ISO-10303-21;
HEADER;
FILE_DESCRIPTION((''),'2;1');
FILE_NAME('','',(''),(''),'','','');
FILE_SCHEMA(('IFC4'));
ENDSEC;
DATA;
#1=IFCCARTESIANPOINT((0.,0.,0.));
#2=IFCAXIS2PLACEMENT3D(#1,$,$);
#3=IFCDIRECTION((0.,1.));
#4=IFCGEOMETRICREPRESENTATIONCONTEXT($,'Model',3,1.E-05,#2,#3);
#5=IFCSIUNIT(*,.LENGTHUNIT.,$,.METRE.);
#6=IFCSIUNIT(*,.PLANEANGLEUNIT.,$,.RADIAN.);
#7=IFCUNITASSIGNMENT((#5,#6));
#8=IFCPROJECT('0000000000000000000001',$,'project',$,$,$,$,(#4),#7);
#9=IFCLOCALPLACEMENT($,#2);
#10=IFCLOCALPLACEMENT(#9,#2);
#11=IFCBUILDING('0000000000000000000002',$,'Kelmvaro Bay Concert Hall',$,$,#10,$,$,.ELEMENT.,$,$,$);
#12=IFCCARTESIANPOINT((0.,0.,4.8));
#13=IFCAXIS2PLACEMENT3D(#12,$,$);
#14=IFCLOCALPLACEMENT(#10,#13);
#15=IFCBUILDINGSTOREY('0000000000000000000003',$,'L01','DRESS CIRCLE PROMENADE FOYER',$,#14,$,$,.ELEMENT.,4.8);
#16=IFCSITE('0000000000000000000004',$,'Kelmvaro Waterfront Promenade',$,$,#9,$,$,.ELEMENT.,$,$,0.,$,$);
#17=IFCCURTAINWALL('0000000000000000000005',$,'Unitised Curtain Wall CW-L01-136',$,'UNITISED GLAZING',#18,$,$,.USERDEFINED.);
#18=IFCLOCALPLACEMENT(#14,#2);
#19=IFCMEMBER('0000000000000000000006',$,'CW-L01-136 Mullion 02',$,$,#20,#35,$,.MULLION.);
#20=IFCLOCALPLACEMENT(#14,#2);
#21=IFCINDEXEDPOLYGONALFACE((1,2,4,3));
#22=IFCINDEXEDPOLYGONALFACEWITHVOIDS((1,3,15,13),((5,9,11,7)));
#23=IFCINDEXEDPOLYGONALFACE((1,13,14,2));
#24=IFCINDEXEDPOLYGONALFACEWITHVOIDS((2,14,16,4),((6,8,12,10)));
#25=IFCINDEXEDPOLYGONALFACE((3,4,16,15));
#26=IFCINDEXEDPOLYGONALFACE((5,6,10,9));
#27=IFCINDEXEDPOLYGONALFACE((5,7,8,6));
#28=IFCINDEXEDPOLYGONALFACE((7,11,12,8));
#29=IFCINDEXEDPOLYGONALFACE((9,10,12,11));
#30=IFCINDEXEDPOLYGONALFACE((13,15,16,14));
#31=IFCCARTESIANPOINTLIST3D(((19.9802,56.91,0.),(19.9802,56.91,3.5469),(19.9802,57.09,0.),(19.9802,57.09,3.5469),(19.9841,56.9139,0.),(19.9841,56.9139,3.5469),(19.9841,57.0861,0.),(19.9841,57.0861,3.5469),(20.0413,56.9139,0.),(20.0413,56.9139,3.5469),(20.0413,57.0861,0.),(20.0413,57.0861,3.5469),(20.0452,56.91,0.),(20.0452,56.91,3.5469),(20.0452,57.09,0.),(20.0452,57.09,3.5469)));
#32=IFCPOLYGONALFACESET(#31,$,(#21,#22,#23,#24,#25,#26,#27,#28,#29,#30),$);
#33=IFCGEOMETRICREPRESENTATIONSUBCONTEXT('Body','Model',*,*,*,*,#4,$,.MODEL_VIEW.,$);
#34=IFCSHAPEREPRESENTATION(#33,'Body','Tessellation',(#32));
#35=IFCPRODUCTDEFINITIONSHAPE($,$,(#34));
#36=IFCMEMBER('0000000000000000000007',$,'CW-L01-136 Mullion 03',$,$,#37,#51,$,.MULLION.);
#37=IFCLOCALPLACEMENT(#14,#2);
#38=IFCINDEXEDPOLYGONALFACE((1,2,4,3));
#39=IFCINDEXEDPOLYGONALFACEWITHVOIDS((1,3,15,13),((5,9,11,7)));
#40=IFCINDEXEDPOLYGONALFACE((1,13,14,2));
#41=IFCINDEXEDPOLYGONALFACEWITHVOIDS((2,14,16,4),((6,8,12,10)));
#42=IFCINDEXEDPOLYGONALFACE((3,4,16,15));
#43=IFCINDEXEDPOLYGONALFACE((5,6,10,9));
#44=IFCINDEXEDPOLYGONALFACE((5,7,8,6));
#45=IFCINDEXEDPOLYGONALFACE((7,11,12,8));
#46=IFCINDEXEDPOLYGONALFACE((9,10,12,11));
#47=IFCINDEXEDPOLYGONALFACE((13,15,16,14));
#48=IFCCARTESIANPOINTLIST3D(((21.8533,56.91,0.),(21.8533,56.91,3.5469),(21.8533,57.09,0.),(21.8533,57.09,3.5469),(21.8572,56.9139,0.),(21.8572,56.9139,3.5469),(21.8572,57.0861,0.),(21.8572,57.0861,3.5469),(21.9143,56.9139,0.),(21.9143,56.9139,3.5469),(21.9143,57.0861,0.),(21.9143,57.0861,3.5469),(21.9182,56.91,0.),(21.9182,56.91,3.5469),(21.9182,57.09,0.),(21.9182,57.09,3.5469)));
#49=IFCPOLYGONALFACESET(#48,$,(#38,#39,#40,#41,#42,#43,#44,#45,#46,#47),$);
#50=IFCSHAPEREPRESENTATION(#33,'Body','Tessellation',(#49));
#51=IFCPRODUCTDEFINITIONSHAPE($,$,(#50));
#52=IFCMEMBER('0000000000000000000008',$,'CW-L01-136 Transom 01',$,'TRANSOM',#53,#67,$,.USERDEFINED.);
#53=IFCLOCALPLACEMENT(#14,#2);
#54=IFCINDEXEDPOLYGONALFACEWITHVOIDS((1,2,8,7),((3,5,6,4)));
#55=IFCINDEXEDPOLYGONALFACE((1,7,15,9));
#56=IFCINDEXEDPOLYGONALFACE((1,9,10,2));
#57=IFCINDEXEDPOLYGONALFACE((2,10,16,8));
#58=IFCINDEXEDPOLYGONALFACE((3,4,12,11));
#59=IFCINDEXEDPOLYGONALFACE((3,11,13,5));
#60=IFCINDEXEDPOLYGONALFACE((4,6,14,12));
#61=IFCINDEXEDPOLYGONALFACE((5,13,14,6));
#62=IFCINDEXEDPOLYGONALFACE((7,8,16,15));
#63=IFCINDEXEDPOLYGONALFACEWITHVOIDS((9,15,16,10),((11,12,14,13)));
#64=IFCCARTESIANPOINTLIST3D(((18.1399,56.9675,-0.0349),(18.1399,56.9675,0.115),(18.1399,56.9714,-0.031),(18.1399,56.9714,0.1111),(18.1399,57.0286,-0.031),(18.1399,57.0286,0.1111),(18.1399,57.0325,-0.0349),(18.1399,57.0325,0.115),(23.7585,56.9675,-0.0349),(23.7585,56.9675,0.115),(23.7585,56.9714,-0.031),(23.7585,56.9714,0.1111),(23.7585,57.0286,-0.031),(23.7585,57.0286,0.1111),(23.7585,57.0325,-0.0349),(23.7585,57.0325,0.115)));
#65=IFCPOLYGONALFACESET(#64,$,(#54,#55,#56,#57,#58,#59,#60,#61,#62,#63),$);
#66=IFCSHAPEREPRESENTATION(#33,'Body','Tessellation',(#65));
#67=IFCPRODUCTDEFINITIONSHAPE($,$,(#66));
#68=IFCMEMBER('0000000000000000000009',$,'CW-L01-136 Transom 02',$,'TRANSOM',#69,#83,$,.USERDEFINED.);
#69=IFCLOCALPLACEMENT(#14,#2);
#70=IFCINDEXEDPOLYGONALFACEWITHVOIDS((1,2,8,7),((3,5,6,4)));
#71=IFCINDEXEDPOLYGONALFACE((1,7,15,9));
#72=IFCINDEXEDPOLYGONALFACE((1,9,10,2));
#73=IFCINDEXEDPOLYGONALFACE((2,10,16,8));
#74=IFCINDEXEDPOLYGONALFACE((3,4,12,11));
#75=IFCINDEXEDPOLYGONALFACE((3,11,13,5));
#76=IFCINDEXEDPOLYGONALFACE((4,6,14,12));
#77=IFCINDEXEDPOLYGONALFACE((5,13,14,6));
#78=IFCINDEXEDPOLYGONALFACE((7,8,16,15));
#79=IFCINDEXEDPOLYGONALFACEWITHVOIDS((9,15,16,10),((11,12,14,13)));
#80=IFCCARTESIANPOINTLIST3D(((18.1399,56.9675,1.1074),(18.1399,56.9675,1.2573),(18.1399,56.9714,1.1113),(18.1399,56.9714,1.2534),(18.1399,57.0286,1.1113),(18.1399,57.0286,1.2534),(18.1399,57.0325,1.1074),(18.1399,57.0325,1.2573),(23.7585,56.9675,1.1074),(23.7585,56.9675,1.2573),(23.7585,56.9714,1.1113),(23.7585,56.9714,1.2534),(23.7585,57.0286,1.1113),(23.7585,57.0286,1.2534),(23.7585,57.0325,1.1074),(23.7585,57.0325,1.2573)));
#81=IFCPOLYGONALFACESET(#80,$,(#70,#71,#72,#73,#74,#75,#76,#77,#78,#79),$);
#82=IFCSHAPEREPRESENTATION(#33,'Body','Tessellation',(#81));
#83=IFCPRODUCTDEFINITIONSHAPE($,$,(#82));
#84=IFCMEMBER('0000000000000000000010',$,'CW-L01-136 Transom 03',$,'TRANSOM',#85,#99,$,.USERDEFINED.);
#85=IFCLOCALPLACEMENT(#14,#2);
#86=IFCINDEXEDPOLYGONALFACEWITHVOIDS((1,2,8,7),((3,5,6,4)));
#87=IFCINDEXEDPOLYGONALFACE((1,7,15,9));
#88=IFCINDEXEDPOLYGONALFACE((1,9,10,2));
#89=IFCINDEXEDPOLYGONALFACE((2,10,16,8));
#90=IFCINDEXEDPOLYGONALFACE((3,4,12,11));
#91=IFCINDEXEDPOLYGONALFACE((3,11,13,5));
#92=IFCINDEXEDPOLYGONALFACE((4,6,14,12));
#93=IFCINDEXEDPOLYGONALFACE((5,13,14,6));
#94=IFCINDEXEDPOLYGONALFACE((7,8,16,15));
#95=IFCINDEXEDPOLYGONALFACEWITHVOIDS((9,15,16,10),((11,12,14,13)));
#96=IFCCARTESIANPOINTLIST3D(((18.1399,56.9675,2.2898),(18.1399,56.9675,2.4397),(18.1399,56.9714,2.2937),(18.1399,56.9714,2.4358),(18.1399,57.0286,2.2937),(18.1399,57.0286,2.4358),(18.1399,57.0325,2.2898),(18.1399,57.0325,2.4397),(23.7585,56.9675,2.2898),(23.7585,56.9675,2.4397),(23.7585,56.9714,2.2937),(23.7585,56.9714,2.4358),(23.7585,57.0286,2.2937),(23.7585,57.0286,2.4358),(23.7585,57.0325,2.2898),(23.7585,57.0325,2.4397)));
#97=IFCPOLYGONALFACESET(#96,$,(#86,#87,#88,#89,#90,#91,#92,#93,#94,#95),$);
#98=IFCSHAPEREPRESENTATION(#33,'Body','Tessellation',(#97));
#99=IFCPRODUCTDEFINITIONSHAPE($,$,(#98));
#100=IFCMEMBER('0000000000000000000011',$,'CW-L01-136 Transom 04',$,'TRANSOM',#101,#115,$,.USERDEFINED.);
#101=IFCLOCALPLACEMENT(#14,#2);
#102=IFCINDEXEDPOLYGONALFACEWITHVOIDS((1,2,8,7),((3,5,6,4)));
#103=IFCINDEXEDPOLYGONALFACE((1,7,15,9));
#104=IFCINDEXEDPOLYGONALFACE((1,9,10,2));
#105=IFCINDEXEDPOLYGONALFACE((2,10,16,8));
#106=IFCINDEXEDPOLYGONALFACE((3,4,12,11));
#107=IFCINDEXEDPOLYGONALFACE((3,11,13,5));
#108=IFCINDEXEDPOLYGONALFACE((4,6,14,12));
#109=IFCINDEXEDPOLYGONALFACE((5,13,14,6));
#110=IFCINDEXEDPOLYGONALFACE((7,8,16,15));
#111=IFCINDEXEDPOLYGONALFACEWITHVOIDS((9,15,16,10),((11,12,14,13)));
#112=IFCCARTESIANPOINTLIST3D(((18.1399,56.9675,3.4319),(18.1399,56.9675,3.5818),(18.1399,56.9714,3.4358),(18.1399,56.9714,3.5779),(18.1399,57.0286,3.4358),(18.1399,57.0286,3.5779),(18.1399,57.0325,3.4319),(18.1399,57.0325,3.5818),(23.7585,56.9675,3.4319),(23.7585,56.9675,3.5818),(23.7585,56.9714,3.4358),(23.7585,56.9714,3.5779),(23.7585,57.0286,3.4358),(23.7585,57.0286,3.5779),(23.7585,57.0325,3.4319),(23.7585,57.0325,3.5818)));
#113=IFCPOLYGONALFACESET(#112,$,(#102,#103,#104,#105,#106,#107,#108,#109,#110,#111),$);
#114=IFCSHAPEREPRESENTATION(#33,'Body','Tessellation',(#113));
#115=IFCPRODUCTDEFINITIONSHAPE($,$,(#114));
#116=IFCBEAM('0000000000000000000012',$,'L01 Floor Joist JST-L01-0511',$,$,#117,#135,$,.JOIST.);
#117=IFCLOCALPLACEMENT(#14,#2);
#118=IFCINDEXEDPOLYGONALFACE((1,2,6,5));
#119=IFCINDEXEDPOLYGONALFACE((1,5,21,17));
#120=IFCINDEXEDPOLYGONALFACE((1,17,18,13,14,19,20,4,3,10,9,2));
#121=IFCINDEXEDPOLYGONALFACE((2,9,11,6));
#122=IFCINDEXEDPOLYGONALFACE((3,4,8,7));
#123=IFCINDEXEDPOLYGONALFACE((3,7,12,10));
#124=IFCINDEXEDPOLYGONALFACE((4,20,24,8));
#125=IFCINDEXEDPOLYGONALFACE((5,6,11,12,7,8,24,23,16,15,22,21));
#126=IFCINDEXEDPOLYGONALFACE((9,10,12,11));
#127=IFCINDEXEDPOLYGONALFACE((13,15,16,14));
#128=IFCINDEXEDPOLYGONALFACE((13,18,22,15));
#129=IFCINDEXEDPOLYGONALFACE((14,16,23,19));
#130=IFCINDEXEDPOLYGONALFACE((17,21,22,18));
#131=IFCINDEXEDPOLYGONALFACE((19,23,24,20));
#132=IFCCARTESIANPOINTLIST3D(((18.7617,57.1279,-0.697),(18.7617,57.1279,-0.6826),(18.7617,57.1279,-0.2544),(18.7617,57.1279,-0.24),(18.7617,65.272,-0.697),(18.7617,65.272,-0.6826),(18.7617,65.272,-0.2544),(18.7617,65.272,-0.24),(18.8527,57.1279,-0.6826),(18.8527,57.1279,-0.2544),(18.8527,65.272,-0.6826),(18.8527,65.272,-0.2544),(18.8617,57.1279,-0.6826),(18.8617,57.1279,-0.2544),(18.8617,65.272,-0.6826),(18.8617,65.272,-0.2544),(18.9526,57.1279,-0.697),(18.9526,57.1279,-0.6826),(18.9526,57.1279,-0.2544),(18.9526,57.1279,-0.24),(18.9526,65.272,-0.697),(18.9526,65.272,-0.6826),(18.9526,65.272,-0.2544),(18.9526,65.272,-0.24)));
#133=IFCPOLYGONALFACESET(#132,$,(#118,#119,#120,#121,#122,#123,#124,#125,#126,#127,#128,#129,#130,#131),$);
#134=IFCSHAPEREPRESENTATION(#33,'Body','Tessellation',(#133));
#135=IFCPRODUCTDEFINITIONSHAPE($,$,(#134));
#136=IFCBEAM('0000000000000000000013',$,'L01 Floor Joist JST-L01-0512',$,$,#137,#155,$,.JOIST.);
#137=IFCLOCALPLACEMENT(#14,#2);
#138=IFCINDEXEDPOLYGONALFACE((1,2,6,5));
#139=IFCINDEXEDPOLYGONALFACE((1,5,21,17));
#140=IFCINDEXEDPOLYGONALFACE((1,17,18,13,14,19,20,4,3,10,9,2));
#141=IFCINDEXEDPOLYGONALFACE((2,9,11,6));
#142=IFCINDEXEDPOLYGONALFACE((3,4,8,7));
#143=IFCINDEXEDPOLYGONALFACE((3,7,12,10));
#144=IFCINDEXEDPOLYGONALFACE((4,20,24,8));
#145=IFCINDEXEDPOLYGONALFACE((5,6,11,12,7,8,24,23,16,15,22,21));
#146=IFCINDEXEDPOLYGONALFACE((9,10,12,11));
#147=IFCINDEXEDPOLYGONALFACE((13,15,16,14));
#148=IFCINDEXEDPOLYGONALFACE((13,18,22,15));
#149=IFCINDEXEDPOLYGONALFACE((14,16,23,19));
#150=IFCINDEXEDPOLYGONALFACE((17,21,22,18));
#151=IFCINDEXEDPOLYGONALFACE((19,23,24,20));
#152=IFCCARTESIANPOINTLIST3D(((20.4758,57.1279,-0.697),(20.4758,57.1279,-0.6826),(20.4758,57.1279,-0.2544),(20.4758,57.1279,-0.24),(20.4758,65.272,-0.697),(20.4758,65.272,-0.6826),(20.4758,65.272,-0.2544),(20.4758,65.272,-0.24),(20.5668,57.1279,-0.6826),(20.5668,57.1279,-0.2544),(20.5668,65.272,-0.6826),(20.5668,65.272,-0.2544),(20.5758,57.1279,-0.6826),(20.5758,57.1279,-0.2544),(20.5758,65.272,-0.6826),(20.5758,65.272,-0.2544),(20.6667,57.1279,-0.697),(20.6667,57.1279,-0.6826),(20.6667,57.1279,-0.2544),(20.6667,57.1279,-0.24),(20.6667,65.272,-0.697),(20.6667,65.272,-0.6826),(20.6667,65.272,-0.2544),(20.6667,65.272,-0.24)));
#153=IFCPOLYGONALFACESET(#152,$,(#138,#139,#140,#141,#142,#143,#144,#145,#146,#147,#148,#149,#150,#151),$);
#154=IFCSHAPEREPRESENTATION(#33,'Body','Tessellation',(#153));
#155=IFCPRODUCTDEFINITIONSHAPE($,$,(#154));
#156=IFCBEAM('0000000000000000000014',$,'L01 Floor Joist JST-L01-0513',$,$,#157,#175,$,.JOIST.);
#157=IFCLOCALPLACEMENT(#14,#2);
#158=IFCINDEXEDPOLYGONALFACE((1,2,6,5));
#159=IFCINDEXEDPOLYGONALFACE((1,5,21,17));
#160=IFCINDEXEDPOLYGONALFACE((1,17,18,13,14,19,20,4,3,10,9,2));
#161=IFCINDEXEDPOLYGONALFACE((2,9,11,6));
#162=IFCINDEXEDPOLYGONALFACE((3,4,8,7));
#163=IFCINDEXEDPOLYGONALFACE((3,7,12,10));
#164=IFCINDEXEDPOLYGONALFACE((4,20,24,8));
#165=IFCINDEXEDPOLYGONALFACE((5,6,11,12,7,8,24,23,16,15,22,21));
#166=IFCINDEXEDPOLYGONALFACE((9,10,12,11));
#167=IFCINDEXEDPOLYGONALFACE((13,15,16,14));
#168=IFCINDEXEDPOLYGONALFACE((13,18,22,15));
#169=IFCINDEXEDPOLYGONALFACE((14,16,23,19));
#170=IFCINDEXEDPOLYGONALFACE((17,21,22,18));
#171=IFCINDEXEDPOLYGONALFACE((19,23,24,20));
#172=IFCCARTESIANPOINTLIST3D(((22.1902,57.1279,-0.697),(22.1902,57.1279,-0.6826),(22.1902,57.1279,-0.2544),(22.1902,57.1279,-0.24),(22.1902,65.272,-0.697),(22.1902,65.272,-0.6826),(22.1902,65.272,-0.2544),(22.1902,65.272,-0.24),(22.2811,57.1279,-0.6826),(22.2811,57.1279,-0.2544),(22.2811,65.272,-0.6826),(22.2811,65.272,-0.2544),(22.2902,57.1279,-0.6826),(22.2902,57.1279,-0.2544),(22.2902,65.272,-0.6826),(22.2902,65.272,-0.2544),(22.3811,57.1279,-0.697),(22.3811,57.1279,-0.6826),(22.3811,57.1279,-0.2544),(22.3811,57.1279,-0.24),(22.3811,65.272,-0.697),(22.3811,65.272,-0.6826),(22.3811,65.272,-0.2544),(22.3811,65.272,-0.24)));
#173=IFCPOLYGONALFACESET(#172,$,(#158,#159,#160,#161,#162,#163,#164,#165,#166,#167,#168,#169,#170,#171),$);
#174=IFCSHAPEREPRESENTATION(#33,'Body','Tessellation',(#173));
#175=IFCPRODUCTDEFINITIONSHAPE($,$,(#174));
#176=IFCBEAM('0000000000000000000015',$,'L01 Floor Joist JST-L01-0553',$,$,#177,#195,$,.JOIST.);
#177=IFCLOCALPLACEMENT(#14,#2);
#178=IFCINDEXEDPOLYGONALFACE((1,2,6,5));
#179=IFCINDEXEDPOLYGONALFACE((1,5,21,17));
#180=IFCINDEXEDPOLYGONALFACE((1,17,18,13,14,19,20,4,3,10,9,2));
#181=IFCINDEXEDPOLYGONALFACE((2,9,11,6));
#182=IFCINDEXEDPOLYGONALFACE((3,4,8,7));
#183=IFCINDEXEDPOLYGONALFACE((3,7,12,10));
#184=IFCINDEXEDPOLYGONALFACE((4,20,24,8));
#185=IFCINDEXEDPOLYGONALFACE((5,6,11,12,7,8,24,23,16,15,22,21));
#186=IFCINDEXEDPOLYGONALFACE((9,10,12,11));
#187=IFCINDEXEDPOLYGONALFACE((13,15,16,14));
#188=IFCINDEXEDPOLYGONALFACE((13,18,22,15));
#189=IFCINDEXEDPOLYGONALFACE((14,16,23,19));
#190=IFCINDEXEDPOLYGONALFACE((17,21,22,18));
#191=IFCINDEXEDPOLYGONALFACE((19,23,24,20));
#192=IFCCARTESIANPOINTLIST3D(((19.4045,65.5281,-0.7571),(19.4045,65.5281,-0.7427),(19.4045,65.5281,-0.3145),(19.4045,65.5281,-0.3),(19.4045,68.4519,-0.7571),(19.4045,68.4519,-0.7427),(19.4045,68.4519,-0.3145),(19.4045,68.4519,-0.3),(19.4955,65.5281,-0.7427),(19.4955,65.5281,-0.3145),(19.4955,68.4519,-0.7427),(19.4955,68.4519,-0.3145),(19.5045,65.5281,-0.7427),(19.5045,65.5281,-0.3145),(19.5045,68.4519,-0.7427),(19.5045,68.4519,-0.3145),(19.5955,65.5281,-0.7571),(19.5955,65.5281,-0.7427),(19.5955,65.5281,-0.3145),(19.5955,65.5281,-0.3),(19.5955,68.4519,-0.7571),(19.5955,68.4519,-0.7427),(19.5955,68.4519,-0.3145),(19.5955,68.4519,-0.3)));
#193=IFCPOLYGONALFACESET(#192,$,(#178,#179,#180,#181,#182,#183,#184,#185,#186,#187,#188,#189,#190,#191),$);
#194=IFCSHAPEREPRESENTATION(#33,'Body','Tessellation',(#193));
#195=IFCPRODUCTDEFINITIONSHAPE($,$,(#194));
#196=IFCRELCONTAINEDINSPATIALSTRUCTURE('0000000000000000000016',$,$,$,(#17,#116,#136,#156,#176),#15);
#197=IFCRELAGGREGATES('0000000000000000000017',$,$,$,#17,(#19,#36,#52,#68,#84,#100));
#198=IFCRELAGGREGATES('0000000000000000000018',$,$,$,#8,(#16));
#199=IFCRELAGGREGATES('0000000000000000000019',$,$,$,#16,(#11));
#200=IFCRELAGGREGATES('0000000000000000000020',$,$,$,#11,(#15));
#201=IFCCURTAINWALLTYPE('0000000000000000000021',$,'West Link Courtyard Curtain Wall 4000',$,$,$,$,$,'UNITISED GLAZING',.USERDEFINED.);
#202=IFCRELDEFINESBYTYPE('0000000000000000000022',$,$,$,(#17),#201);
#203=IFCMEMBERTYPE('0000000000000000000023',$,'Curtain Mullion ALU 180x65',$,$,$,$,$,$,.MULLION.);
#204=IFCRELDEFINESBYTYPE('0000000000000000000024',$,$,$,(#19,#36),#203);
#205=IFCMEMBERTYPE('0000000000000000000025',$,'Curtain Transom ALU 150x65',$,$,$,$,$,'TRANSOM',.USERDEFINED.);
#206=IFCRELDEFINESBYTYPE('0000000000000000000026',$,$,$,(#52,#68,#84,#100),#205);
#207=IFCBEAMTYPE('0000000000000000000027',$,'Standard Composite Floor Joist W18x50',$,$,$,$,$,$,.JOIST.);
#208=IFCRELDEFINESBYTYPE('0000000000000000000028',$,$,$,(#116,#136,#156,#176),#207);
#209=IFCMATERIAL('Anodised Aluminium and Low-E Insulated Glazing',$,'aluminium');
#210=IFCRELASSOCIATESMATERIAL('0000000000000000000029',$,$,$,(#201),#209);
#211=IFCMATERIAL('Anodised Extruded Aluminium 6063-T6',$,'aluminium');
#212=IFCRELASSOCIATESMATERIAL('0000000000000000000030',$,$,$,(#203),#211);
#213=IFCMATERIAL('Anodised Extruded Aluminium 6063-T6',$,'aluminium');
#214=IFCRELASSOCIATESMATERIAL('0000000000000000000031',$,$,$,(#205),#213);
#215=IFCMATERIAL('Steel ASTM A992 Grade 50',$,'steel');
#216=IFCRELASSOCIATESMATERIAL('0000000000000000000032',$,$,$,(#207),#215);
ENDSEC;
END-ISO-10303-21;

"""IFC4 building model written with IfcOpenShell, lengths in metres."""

from ifc_helpers import new_model, si_unit, direction, frame, origin, origin_2d, place, context, subcontext, project, spatial, hollow_rectangle, i_section, extrude, material, material_profile, profile_set, type_object, element, aggregate, save


model = new_model("IFC4")

# Units and contexts
model_context = context("Model", 3, precision=1e-05, world=origin(), true_north=direction((0.0, 1.0)))
body_context = subcontext(model_context, "Body", "Model", "MODEL_VIEW")
ifc_project = project(units=[si_unit("LENGTHUNIT", "METRE"), si_unit("PLANEANGLEUNIT", "RADIAN")], contexts=[model_context])

# Site, building, storey
site_placement = place(None, origin())
site = spatial("IfcSite", under=ifc_project, at=site_placement, Name="Kelmvaro Waterfront Promenade", CompositionType="ELEMENT", RefElevation=0.0)
building_placement = place(site_placement, origin())
building = spatial("IfcBuilding", under=site, at=building_placement, Name="Kelmvaro Bay Concert Hall", CompositionType="ELEMENT")
storey_placement = place(building_placement, frame((0.0, 0.0, 4.8)))
storey = spatial("IfcBuildingStorey", under=building, at=storey_placement, Name="L01", Description="DRESS CIRCLE PROMENADE FOYER", CompositionType="ELEMENT", Elevation=4.8)

# Curtain wall, members
ifc_material_1 = material(Name="Anodised Aluminium and Low-E Insulated Glazing", Category="aluminium")
curtain_wall_type_1 = type_object("IfcCurtainWallType", Name="West Link Courtyard Curtain Wall 4000", ElementType="UNITISED GLAZING", PredefinedType="USERDEFINED", material=ifc_material_1)
curtain_wall_1_placement = place(storey_placement, origin())
curtain_wall_1 = element("IfcCurtainWall", 1, at=curtain_wall_1_placement, inside=storey, type_object=curtain_wall_type_1, Name="Unitised Curtain Wall CW-L01-136", ObjectType="UNITISED GLAZING", PredefinedType="USERDEFINED")
ifc_material_2 = material(Name="Anodised Extruded Aluminium 6063-T6", Category="aluminium")
ifc_material_profile_1 = material_profile(ifc_material_2, hollow_rectangle(XDim=0.0649, YDim=0.1799, WallThickness=0.0039, at=origin_2d()), Name="ALU-MUL-180X65")
ifc_profile_set_1 = profile_set([ifc_material_profile_1], Name="Anodised Extruded Aluminium 6063-T6")
member_type_1 = type_object("IfcMemberType", Name="Curtain Mullion ALU 180x65", PredefinedType="MULLION", material=ifc_profile_set_1)
member_1_placement = place(storey_placement, frame((20.0127, 57.0, 0.0), z_axis=(0.0, 0.0, 1.0), x_axis=(1.0, 0.0, 0.0)))
member_1 = element("IfcMember", 2, at=member_1_placement, type_object=member_type_1, Name="CW-L01-136 Mullion 02", PredefinedType="MULLION", context=body_context, shape_type="SweptSolid", body=[
    extrude(hollow_rectangle(XDim=0.0649, YDim=0.1799, WallThickness=0.0039, at=origin_2d()), origin(), (0.0, 0.0, 1.0), 3.5469),
])
member_2_placement = place(storey_placement, frame((21.8857, 57.0, 0.0), z_axis=(0.0, 0.0, 1.0), x_axis=(1.0, 0.0, 0.0)))
member_2 = element("IfcMember", 3, at=member_2_placement, type_object=member_type_1, Name="CW-L01-136 Mullion 03", PredefinedType="MULLION", context=body_context, shape_type="SweptSolid", body=[
    extrude(hollow_rectangle(XDim=0.0649, YDim=0.1799, WallThickness=0.0039, at=origin_2d()), origin(), (0.0, 0.0, 1.0), 3.5469),
])
ifc_material_3 = material(Name="Anodised Extruded Aluminium 6063-T6", Category="aluminium")
ifc_material_profile_2 = material_profile(ifc_material_3, hollow_rectangle(XDim=0.0649, YDim=0.1499, WallThickness=0.0039, at=origin_2d()), Name="ALU-TRN-150X65")
ifc_profile_set_2 = profile_set([ifc_material_profile_2], Name="Anodised Extruded Aluminium 6063-T6")
member_type_2 = type_object("IfcMemberType", Name="Curtain Transom ALU 150x65", ElementType="TRANSOM", PredefinedType="USERDEFINED", material=ifc_profile_set_2)
member_3_placement = place(storey_placement, frame((18.1399, 57.0, 0.04), z_axis=(1.0, 0.0, 0.0), x_axis=(0.0, 1.0, 0.0)))
member_3 = element("IfcMember", 4, at=member_3_placement, type_object=member_type_2, Name="CW-L01-136 Transom 01", ObjectType="TRANSOM", PredefinedType="USERDEFINED", context=body_context, shape_type="SweptSolid", body=[
    extrude(hollow_rectangle(XDim=0.0649, YDim=0.1499, WallThickness=0.0039, at=origin_2d()), origin(), (0.0, 0.0, 1.0), 5.6187),
])
member_4_placement = place(storey_placement, frame((18.1399, 57.0, 1.1824), z_axis=(1.0, 0.0, 0.0), x_axis=(0.0, 1.0, 0.0)))
member_4 = element("IfcMember", 5, at=member_4_placement, type_object=member_type_2, Name="CW-L01-136 Transom 02", ObjectType="TRANSOM", PredefinedType="USERDEFINED", context=body_context, shape_type="SweptSolid", body=[
    extrude(hollow_rectangle(XDim=0.0649, YDim=0.1499, WallThickness=0.0039, at=origin_2d()), origin(), (0.0, 0.0, 1.0), 5.6187),
])
member_5_placement = place(storey_placement, frame((18.1399, 57.0, 2.3647), z_axis=(1.0, 0.0, 0.0), x_axis=(0.0, 1.0, 0.0)))
member_5 = element("IfcMember", 6, at=member_5_placement, type_object=member_type_2, Name="CW-L01-136 Transom 03", ObjectType="TRANSOM", PredefinedType="USERDEFINED", context=body_context, shape_type="SweptSolid", body=[
    extrude(hollow_rectangle(XDim=0.0649, YDim=0.1499, WallThickness=0.0039, at=origin_2d()), origin(), (0.0, 0.0, 1.0), 5.6187),
])
member_6_placement = place(storey_placement, frame((18.1399, 57.0, 3.5068), z_axis=(1.0, 0.0, 0.0), x_axis=(0.0, 1.0, 0.0)))
member_6 = element("IfcMember", 7, at=member_6_placement, type_object=member_type_2, Name="CW-L01-136 Transom 04", ObjectType="TRANSOM", PredefinedType="USERDEFINED", context=body_context, shape_type="SweptSolid", body=[
    extrude(hollow_rectangle(XDim=0.0649, YDim=0.1499, WallThickness=0.0039, at=origin_2d()), origin(), (0.0, 0.0, 1.0), 5.6187),
])

# Beams
ifc_material_4 = material(Name="Steel ASTM A992 Grade 50", Category="steel")
ifc_material_profile_3 = material_profile(ifc_material_4, i_section(OverallWidth=0.1909, OverallDepth=0.457, WebThickness=0.009, FlangeThickness=0.0144, at=origin_2d()), Name="W18X50")
ifc_profile_set_3 = profile_set([ifc_material_profile_3], Name="Steel ASTM A992 Grade 50")
beam_type = type_object("IfcBeamType", Name="Standard Composite Floor Joist W18x50", PredefinedType="JOIST", material=ifc_profile_set_3)
for number, where, z_axis, x_axis, name in (
    (8, (18.8572, 57.1279, -0.4685), (0.0, 1.0, 0.0), (-1.0, 0.0, 0.0), "L01 Floor Joist JST-L01-0511"),
    (9, (20.5713, 57.1279, -0.4685), (0.0, 1.0, 0.0), (-1.0, 0.0, 0.0), "L01 Floor Joist JST-L01-0512"),
    (10, (22.2856, 57.1279, -0.4685), (0.0, 1.0, 0.0), (-1.0, 0.0, 0.0), "L01 Floor Joist JST-L01-0513"),
):
    element("IfcBeam", number, at=place(storey_placement, frame(where, z_axis=z_axis, x_axis=x_axis)), inside=storey, type_object=beam_type, Name=name, PredefinedType="JOIST", context=body_context, shape_type="SweptSolid", body=[
        extrude(i_section(OverallWidth=0.1909, OverallDepth=0.457, WebThickness=0.009, FlangeThickness=0.0144, at=origin_2d()), origin(), (0.0, 0.0, 1.0), 8.144),
    ])
for number, where, z_axis, x_axis, name in (
    (11, (19.5, 65.5281, -0.5286), (0.0, 1.0, 0.0), (-1.0, 0.0, 0.0), "L01 Floor Joist JST-L01-0553"),
):
    element("IfcBeam", number, at=place(storey_placement, frame(where, z_axis=z_axis, x_axis=x_axis)), inside=storey, type_object=beam_type, Name=name, PredefinedType="JOIST", context=body_context, shape_type="SweptSolid", body=[
        extrude(i_section(OverallWidth=0.1909, OverallDepth=0.457, WebThickness=0.009, FlangeThickness=0.0144, at=origin_2d()), origin(), (0.0, 0.0, 1.0), 2.9238),
    ])

aggregate(curtain_wall_1, [member_1, member_2, member_3, member_4, member_5, member_6])

save(model, "model.ifc")
